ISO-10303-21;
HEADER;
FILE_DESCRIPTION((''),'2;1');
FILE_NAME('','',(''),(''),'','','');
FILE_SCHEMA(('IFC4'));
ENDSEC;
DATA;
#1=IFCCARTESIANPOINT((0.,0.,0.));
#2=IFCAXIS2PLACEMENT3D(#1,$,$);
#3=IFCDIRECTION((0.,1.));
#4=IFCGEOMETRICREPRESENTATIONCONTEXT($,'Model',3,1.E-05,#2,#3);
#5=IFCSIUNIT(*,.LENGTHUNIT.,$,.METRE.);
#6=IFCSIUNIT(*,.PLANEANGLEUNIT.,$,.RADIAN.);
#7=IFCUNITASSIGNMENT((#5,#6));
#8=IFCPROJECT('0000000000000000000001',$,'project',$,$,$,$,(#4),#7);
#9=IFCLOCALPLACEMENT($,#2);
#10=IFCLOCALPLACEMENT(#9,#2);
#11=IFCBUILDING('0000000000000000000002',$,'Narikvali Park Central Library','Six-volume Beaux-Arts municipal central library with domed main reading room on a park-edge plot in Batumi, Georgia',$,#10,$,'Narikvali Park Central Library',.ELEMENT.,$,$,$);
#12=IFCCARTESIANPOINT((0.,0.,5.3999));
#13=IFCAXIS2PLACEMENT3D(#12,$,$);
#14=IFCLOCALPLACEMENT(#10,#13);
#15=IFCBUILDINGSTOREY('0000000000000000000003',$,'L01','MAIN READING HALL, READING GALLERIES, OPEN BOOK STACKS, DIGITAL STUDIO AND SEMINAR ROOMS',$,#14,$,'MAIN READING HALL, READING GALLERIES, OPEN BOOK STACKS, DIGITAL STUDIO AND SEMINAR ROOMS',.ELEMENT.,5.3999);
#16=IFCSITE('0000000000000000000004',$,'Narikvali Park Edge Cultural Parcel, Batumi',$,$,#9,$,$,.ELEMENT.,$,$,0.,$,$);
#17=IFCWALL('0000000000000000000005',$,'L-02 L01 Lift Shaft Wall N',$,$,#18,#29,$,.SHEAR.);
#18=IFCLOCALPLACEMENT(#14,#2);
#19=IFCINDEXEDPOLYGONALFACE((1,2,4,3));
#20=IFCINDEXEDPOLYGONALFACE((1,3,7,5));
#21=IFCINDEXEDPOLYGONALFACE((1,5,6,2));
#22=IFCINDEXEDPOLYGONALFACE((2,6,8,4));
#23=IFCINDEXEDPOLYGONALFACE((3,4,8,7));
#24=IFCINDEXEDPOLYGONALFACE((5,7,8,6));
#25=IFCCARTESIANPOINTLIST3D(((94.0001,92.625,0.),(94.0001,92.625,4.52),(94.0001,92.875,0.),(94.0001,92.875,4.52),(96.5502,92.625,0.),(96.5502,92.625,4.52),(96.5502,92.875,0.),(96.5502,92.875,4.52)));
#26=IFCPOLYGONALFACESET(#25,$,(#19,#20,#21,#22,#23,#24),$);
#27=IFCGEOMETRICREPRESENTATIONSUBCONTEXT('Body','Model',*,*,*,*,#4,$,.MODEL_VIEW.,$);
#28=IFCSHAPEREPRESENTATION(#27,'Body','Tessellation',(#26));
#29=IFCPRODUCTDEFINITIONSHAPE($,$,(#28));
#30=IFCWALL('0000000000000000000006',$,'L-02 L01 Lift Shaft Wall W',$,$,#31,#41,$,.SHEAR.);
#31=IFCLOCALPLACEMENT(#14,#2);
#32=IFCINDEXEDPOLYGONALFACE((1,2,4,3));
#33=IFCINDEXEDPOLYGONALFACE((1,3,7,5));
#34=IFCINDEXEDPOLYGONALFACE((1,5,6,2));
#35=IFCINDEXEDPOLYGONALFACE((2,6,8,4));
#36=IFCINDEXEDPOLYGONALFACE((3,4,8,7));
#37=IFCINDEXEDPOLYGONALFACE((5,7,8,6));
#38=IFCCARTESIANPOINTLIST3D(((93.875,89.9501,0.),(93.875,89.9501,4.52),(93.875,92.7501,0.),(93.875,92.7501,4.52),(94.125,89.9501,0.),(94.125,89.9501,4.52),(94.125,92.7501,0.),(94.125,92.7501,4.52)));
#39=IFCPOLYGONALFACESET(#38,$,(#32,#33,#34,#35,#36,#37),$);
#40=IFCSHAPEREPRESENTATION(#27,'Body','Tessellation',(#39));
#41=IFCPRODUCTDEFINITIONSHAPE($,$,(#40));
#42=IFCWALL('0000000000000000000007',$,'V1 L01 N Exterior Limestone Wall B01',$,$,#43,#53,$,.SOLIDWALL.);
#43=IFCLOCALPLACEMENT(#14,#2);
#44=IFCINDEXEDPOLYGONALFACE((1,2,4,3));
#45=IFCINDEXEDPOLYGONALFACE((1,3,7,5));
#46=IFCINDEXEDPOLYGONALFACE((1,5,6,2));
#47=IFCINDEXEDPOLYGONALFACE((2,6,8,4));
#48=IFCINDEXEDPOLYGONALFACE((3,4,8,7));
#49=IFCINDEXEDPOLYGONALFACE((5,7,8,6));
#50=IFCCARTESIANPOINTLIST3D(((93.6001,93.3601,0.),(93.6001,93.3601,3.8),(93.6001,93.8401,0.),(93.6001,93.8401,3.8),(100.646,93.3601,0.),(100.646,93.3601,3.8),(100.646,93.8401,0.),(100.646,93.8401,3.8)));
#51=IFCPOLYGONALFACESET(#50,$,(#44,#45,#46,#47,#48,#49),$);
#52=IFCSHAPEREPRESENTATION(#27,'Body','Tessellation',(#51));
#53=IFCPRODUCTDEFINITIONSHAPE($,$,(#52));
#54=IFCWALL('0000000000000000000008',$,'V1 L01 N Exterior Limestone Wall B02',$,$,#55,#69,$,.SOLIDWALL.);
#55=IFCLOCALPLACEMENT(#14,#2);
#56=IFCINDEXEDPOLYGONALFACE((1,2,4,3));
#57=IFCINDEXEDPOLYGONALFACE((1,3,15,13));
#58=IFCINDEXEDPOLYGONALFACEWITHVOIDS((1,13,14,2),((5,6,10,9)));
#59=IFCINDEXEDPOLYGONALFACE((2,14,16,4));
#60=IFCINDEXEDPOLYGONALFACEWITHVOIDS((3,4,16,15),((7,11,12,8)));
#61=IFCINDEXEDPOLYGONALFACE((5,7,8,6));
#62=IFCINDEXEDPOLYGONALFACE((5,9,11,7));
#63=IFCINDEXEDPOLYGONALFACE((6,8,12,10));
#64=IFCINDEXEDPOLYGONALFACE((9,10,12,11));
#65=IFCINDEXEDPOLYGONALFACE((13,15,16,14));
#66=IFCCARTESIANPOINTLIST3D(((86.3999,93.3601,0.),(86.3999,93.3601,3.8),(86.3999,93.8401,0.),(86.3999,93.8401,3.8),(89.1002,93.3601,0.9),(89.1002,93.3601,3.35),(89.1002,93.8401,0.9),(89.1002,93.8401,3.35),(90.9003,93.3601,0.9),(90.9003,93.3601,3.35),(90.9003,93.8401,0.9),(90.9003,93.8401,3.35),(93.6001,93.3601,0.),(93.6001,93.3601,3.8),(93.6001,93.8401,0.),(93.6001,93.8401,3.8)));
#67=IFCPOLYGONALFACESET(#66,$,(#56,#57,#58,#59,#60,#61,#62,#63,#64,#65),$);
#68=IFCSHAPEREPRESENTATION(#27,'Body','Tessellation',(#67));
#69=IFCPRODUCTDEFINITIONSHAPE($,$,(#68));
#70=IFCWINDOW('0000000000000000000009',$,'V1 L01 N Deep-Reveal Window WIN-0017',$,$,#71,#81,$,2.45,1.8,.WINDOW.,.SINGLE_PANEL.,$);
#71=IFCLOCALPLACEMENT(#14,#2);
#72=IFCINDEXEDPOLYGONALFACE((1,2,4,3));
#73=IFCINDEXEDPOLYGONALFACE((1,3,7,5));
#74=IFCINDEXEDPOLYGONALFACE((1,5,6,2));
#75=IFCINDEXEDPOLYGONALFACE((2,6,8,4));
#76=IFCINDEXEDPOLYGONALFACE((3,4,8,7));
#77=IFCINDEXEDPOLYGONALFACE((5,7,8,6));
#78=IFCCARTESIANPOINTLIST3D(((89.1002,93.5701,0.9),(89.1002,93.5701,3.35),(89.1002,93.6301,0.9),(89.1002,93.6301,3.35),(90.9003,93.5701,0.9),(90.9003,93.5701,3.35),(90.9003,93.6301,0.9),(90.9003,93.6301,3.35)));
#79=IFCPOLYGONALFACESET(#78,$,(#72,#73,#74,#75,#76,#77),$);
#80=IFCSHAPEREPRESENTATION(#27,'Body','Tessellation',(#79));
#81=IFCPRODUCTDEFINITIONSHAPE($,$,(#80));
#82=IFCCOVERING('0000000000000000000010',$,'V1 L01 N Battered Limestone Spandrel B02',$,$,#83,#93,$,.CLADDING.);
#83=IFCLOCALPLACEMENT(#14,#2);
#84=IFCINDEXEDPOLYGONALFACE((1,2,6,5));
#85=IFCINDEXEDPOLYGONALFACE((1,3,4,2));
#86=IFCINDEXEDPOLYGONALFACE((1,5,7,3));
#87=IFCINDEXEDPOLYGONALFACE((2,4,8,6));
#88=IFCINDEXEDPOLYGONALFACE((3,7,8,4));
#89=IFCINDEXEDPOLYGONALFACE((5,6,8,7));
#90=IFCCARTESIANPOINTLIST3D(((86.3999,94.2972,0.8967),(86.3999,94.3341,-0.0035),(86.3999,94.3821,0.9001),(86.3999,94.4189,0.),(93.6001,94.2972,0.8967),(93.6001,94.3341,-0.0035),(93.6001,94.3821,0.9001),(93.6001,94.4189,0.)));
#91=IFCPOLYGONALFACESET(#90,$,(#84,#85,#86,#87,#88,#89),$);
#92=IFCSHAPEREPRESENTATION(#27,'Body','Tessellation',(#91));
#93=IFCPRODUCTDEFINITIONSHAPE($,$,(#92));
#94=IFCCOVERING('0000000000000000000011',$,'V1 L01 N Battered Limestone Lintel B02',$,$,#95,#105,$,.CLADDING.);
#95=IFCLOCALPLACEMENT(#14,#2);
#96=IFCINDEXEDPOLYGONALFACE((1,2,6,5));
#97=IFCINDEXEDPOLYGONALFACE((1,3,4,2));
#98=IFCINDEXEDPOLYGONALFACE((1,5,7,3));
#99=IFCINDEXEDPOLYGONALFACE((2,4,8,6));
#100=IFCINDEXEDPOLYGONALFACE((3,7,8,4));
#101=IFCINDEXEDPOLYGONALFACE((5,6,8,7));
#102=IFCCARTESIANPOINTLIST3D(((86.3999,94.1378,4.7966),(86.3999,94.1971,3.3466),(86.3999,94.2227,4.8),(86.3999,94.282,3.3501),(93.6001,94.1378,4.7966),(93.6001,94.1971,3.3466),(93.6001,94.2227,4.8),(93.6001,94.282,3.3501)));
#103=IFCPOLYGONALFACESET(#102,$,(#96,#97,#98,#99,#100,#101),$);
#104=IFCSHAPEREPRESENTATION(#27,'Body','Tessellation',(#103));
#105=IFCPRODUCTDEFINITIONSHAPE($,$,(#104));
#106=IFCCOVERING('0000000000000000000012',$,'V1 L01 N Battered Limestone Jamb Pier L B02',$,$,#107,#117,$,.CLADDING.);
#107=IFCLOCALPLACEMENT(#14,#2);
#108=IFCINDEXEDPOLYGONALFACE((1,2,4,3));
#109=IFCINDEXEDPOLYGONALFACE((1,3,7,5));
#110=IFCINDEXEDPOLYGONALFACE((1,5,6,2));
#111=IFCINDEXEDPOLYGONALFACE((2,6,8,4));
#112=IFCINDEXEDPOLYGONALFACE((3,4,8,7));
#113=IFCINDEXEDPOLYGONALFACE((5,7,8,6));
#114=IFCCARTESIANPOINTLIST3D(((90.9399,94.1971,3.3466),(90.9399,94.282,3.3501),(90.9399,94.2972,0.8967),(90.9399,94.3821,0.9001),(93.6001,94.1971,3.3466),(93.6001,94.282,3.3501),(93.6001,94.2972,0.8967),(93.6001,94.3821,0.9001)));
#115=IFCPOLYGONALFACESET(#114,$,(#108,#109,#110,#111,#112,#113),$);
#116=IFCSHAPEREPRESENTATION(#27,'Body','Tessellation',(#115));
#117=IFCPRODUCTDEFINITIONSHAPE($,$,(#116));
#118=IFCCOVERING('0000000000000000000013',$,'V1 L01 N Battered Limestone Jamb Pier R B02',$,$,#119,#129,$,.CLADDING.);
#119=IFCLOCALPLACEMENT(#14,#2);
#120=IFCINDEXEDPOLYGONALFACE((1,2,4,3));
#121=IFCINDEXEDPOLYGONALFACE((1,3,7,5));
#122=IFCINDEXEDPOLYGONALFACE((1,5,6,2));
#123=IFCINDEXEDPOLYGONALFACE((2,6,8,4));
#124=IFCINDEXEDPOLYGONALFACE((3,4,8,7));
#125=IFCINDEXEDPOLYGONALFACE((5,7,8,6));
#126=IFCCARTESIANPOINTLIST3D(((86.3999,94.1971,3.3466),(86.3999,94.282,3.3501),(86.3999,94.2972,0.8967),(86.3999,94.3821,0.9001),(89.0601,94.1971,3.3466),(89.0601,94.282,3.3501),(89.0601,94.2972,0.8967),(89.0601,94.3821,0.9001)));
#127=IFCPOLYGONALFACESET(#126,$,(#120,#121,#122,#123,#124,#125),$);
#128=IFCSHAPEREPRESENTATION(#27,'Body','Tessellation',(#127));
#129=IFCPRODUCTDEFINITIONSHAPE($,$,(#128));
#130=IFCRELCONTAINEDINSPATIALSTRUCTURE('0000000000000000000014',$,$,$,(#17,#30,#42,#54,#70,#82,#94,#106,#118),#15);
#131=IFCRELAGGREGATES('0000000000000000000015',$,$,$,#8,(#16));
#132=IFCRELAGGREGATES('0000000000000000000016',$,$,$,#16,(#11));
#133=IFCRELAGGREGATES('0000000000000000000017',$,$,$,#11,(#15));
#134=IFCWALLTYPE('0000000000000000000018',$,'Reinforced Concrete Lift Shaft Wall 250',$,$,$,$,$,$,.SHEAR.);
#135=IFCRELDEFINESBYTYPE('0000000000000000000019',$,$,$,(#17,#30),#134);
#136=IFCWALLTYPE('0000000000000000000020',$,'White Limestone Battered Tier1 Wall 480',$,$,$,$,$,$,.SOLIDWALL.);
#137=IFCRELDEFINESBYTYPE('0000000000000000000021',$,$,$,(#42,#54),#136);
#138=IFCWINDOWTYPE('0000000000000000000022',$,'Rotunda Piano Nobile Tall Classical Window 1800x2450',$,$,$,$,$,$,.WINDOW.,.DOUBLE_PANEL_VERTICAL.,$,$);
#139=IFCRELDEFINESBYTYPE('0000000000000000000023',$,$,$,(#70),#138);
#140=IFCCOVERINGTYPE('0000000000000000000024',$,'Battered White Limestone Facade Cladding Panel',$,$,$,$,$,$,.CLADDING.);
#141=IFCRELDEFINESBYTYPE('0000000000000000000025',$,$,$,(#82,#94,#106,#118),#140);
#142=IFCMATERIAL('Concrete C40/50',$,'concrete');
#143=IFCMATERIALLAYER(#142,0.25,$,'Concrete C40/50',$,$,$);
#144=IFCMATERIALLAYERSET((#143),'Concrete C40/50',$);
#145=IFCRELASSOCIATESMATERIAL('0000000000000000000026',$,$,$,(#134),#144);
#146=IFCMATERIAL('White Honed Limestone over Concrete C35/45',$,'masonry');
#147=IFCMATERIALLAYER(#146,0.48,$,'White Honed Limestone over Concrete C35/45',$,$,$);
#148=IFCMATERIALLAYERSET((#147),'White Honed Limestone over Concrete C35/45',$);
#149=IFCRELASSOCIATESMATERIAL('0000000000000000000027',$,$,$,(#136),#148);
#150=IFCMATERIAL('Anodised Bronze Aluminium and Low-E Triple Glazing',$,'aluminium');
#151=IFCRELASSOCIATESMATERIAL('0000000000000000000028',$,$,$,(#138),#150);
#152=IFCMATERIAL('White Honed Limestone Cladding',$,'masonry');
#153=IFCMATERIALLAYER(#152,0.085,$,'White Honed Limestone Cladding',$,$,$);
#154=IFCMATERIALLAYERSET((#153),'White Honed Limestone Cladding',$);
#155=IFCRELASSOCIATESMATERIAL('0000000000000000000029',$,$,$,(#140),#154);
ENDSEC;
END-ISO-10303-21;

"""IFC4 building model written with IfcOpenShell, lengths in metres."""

from ifc_helpers import new_model, si_unit, direction, frame, frame_2d, origin, place, context, subcontext, project, spatial, polyline, rectangle, outline, extrude, material, layer, layer_set, type_object, element, fill, save


model = new_model("IFC4")

# Units and contexts
model_context = context("Model", 3, precision=1e-05, world=origin(), true_north=direction((0.0, 1.0)))
body_context = subcontext(model_context, "Body", "Model", "MODEL_VIEW")
ifc_project = project(units=[si_unit("LENGTHUNIT", "METRE"), si_unit("PLANEANGLEUNIT", "RADIAN")], contexts=[model_context])

# Site, building, storey
site_placement = place(None, origin())
site = spatial("IfcSite", under=ifc_project, at=site_placement, Name="Narikvali Park Edge Cultural Parcel, Batumi", CompositionType="ELEMENT", RefElevation=0.0)
building_placement = place(site_placement, origin())
building = spatial("IfcBuilding", under=site, at=building_placement, Name="Narikvali Park Central Library", Description="Six-volume Beaux-Arts municipal central library with domed main reading room on a park-edge plot in Batumi, Georgia", LongName="Narikvali Park Central Library", CompositionType="ELEMENT")
storey_placement = place(building_placement, frame((0.0, 0.0, 5.3999)))
storey = spatial("IfcBuildingStorey", under=building, at=storey_placement, Name="L01", Description="MAIN READING HALL, READING GALLERIES, OPEN BOOK STACKS, DIGITAL STUDIO AND SEMINAR ROOMS", LongName="MAIN READING HALL, READING GALLERIES, OPEN BOOK STACKS, DIGITAL STUDIO AND SEMINAR ROOMS", CompositionType="ELEMENT", Elevation=5.3999)

# Walls
ifc_material_1 = material(Name="Concrete C40/50", Category="concrete")
ifc_layer_1 = layer(ifc_material_1, 0.25, Name="Concrete C40/50")
ifc_layer_set_1 = layer_set([ifc_layer_1], Name="Concrete C40/50")
wall_type_1 = type_object("IfcWallType", Name="Reinforced Concrete Lift Shaft Wall 250", PredefinedType="SHEAR", material=ifc_layer_set_1)
wall_1_placement = place(storey_placement, frame((96.55, 92.75, 0.0), z_axis=(0.0, 0.0, 1.0), x_axis=(-1.0, 0.0, 0.0)))
element("IfcWall", 1, at=wall_1_placement, inside=storey, type_object=wall_type_1, Name="L-02 L01 Lift Shaft Wall N", PredefinedType="SHEAR", context=body_context, shape_type="SweptSolid", body=[
    extrude(rectangle(XDim=2.55, YDim=0.25, at=frame_2d((1.2749, 0.0))), origin(), (0.0, 0.0, 1.0), 4.52),
])
wall_2_placement = place(storey_placement, frame((94.0, 92.75, 0.0), z_axis=(0.0, 0.0, 1.0), x_axis=(0.0, -1.0, 0.0)))
element("IfcWall", 2, at=wall_2_placement, inside=storey, type_object=wall_type_1, Name="L-02 L01 Lift Shaft Wall W", PredefinedType="SHEAR", context=body_context, shape_type="SweptSolid", body=[
    extrude(rectangle(XDim=2.8, YDim=0.25, at=frame_2d((1.3999, 0.0))), origin(), (0.0, 0.0, 1.0), 4.52),
])
ifc_material_2 = material(Name="White Honed Limestone over Concrete C35/45", Category="masonry")
ifc_layer_2 = layer(ifc_material_2, 0.48, Name="White Honed Limestone over Concrete C35/45")
ifc_layer_set_2 = layer_set([ifc_layer_2], Name="White Honed Limestone over Concrete C35/45")
wall_type_2 = type_object("IfcWallType", Name="White Limestone Battered Tier1 Wall 480", PredefinedType="SOLIDWALL", material=ifc_layer_set_2)
wall_3_placement = place(storey_placement, frame((100.646, 93.6001, 0.0), z_axis=(0.0, 0.0, 1.0), x_axis=(-1.0, 0.0, 0.0)))
element("IfcWall", 3, at=wall_3_placement, inside=storey, type_object=wall_type_2, Name="V1 L01 N Exterior Limestone Wall B01", PredefinedType="SOLIDWALL", context=body_context, shape_type="SweptSolid", body=[
    extrude(rectangle(XDim=7.0459, YDim=0.48, at=frame_2d((3.5229, 0.0))), origin(), (0.0, 0.0, 1.0), 3.8),
])

# Wall, opening, window
wall_4_placement = place(storey_placement, frame((93.6001, 93.6001, 0.0), z_axis=(0.0, 0.0, 1.0), x_axis=(-1.0, 0.0, 0.0)))
wall_4 = element("IfcWall", 4, at=wall_4_placement, inside=storey, type_object=wall_type_2, Name="V1 L01 N Exterior Limestone Wall B02", PredefinedType="SOLIDWALL", context=body_context, shape_type="SweptSolid", body=[
    extrude(rectangle(XDim=7.2002, YDim=0.48, at=frame_2d((3.6001, 0.0))), origin(), (0.0, 0.0, 1.0), 3.8),
])
opening_placement = place(wall_4_placement, frame((2.7, 0.0, 0.8999)))
opening = element("IfcOpeningElement", 5, at=opening_placement, cuts=wall_4, PredefinedType="OPENING", context=body_context, shape_type="SweptSolid", body=[
    extrude(rectangle(XDim=1.8, YDim=2.45, at=frame_2d((0.8999, 1.2251))), frame((0.0, 0.252, 0.0), z_axis=(0.0, -1.0, 0.0), x_axis=(1.0, 0.0, 0.0)), (0.0, 0.0, 1.0), 0.5039),
])
ifc_material_3 = material(Name="Anodised Bronze Aluminium and Low-E Triple Glazing", Category="aluminium")
window_type = type_object("IfcWindowType", Name="Rotunda Piano Nobile Tall Classical Window 1800x2450", PartitioningType="DOUBLE_PANEL_VERTICAL", PredefinedType="WINDOW", material=ifc_material_3)
window_placement = place(opening_placement, origin())
window = element("IfcWindow", 6, at=window_placement, inside=storey, type_object=window_type, Name="V1 L01 N Deep-Reveal Window WIN-0017", OverallHeight=2.45, OverallWidth=1.8, PartitioningType="SINGLE_PANEL", PredefinedType="WINDOW", context=body_context, shape_type="SweptSolid", body=[
    extrude(rectangle(XDim=1.8, YDim=2.45, at=frame_2d((0.8999, 1.2251))), frame((0.0, 0.03, 0.0), z_axis=(0.0, -1.0, 0.0), x_axis=(1.0, 0.0, 0.0)), (0.0, 0.0, 1.0), 0.0601),
])
fill(opening, window)

# Coverings
ifc_material_4 = material(Name="White Honed Limestone Cladding", Category="masonry")
ifc_layer_3 = layer(ifc_material_4, 0.085, Name="White Honed Limestone Cladding")
ifc_layer_set_3 = layer_set([ifc_layer_3], Name="White Honed Limestone Cladding")
covering_type = type_object("IfcCoveringType", Name="Battered White Limestone Facade Cladding Panel", PredefinedType="CLADDING", material=ifc_layer_set_3)
covering_1_placement = place(storey_placement, frame((93.6001, 94.4189, 0.0), z_axis=(0.0, 0.999162, 0.04092), x_axis=(-1.0, 0.0, 0.0)))
element("IfcCovering", 7, at=covering_1_placement, inside=storey, type_object=covering_type, Name="V1 L01 N Battered Limestone Spandrel B02", PredefinedType="CLADDING", context=body_context, shape_type="SweptSolid", body=[
    extrude(outline(polyline([(0.0, 0.0), (7.2002, 0.0), (7.2002, 0.9009), (0.0, 0.9009), (0.0, 0.0)])), origin(), (0.0, 0.0, -1.0), 0.085),
])
covering_2_placement = place(storey_placement, frame((93.6001, 94.282, 3.3501), z_axis=(0.0, 0.999164, 0.040882), x_axis=(-1.0, 0.0, 0.0)))
element("IfcCovering", 8, at=covering_2_placement, inside=storey, type_object=covering_type, Name="V1 L01 N Battered Limestone Lintel B02", PredefinedType="CLADDING", context=body_context, shape_type="SweptSolid", body=[
    extrude(outline(polyline([(0.0, 0.0), (7.2002, 0.0), (7.2002, 1.4512), (0.0, 1.4512), (0.0, 0.0)])), origin(), (0.0, 0.0, -1.0), 0.085),
])
for number, where, z_axis, x_axis, name in (
    (9, (93.6001, 94.3821, 0.9001), (0.0, 0.999166, 0.040823), (-1.0, 0.0, 0.0), "V1 L01 N Battered Limestone Jamb Pier L B02"),
    (10, (89.0601, 94.3821, 0.9001), (0.0, 0.999166, 0.040823), (-1.0, 0.0, 0.0), "V1 L01 N Battered Limestone Jamb Pier R B02"),
):
    element("IfcCovering", number, at=place(storey_placement, frame(where, z_axis=z_axis, x_axis=x_axis)), inside=storey, type_object=covering_type, Name=name, PredefinedType="CLADDING", context=body_context, shape_type="SweptSolid", body=[
        extrude(outline(polyline([(0.0, 0.0), (2.6602, 0.0), (2.6602, 2.452), (0.0, 2.452), (0.0, 0.0)])), origin(), (0.0, 0.0, -1.0), 0.085),
    ])

save(model, "model.ifc")
